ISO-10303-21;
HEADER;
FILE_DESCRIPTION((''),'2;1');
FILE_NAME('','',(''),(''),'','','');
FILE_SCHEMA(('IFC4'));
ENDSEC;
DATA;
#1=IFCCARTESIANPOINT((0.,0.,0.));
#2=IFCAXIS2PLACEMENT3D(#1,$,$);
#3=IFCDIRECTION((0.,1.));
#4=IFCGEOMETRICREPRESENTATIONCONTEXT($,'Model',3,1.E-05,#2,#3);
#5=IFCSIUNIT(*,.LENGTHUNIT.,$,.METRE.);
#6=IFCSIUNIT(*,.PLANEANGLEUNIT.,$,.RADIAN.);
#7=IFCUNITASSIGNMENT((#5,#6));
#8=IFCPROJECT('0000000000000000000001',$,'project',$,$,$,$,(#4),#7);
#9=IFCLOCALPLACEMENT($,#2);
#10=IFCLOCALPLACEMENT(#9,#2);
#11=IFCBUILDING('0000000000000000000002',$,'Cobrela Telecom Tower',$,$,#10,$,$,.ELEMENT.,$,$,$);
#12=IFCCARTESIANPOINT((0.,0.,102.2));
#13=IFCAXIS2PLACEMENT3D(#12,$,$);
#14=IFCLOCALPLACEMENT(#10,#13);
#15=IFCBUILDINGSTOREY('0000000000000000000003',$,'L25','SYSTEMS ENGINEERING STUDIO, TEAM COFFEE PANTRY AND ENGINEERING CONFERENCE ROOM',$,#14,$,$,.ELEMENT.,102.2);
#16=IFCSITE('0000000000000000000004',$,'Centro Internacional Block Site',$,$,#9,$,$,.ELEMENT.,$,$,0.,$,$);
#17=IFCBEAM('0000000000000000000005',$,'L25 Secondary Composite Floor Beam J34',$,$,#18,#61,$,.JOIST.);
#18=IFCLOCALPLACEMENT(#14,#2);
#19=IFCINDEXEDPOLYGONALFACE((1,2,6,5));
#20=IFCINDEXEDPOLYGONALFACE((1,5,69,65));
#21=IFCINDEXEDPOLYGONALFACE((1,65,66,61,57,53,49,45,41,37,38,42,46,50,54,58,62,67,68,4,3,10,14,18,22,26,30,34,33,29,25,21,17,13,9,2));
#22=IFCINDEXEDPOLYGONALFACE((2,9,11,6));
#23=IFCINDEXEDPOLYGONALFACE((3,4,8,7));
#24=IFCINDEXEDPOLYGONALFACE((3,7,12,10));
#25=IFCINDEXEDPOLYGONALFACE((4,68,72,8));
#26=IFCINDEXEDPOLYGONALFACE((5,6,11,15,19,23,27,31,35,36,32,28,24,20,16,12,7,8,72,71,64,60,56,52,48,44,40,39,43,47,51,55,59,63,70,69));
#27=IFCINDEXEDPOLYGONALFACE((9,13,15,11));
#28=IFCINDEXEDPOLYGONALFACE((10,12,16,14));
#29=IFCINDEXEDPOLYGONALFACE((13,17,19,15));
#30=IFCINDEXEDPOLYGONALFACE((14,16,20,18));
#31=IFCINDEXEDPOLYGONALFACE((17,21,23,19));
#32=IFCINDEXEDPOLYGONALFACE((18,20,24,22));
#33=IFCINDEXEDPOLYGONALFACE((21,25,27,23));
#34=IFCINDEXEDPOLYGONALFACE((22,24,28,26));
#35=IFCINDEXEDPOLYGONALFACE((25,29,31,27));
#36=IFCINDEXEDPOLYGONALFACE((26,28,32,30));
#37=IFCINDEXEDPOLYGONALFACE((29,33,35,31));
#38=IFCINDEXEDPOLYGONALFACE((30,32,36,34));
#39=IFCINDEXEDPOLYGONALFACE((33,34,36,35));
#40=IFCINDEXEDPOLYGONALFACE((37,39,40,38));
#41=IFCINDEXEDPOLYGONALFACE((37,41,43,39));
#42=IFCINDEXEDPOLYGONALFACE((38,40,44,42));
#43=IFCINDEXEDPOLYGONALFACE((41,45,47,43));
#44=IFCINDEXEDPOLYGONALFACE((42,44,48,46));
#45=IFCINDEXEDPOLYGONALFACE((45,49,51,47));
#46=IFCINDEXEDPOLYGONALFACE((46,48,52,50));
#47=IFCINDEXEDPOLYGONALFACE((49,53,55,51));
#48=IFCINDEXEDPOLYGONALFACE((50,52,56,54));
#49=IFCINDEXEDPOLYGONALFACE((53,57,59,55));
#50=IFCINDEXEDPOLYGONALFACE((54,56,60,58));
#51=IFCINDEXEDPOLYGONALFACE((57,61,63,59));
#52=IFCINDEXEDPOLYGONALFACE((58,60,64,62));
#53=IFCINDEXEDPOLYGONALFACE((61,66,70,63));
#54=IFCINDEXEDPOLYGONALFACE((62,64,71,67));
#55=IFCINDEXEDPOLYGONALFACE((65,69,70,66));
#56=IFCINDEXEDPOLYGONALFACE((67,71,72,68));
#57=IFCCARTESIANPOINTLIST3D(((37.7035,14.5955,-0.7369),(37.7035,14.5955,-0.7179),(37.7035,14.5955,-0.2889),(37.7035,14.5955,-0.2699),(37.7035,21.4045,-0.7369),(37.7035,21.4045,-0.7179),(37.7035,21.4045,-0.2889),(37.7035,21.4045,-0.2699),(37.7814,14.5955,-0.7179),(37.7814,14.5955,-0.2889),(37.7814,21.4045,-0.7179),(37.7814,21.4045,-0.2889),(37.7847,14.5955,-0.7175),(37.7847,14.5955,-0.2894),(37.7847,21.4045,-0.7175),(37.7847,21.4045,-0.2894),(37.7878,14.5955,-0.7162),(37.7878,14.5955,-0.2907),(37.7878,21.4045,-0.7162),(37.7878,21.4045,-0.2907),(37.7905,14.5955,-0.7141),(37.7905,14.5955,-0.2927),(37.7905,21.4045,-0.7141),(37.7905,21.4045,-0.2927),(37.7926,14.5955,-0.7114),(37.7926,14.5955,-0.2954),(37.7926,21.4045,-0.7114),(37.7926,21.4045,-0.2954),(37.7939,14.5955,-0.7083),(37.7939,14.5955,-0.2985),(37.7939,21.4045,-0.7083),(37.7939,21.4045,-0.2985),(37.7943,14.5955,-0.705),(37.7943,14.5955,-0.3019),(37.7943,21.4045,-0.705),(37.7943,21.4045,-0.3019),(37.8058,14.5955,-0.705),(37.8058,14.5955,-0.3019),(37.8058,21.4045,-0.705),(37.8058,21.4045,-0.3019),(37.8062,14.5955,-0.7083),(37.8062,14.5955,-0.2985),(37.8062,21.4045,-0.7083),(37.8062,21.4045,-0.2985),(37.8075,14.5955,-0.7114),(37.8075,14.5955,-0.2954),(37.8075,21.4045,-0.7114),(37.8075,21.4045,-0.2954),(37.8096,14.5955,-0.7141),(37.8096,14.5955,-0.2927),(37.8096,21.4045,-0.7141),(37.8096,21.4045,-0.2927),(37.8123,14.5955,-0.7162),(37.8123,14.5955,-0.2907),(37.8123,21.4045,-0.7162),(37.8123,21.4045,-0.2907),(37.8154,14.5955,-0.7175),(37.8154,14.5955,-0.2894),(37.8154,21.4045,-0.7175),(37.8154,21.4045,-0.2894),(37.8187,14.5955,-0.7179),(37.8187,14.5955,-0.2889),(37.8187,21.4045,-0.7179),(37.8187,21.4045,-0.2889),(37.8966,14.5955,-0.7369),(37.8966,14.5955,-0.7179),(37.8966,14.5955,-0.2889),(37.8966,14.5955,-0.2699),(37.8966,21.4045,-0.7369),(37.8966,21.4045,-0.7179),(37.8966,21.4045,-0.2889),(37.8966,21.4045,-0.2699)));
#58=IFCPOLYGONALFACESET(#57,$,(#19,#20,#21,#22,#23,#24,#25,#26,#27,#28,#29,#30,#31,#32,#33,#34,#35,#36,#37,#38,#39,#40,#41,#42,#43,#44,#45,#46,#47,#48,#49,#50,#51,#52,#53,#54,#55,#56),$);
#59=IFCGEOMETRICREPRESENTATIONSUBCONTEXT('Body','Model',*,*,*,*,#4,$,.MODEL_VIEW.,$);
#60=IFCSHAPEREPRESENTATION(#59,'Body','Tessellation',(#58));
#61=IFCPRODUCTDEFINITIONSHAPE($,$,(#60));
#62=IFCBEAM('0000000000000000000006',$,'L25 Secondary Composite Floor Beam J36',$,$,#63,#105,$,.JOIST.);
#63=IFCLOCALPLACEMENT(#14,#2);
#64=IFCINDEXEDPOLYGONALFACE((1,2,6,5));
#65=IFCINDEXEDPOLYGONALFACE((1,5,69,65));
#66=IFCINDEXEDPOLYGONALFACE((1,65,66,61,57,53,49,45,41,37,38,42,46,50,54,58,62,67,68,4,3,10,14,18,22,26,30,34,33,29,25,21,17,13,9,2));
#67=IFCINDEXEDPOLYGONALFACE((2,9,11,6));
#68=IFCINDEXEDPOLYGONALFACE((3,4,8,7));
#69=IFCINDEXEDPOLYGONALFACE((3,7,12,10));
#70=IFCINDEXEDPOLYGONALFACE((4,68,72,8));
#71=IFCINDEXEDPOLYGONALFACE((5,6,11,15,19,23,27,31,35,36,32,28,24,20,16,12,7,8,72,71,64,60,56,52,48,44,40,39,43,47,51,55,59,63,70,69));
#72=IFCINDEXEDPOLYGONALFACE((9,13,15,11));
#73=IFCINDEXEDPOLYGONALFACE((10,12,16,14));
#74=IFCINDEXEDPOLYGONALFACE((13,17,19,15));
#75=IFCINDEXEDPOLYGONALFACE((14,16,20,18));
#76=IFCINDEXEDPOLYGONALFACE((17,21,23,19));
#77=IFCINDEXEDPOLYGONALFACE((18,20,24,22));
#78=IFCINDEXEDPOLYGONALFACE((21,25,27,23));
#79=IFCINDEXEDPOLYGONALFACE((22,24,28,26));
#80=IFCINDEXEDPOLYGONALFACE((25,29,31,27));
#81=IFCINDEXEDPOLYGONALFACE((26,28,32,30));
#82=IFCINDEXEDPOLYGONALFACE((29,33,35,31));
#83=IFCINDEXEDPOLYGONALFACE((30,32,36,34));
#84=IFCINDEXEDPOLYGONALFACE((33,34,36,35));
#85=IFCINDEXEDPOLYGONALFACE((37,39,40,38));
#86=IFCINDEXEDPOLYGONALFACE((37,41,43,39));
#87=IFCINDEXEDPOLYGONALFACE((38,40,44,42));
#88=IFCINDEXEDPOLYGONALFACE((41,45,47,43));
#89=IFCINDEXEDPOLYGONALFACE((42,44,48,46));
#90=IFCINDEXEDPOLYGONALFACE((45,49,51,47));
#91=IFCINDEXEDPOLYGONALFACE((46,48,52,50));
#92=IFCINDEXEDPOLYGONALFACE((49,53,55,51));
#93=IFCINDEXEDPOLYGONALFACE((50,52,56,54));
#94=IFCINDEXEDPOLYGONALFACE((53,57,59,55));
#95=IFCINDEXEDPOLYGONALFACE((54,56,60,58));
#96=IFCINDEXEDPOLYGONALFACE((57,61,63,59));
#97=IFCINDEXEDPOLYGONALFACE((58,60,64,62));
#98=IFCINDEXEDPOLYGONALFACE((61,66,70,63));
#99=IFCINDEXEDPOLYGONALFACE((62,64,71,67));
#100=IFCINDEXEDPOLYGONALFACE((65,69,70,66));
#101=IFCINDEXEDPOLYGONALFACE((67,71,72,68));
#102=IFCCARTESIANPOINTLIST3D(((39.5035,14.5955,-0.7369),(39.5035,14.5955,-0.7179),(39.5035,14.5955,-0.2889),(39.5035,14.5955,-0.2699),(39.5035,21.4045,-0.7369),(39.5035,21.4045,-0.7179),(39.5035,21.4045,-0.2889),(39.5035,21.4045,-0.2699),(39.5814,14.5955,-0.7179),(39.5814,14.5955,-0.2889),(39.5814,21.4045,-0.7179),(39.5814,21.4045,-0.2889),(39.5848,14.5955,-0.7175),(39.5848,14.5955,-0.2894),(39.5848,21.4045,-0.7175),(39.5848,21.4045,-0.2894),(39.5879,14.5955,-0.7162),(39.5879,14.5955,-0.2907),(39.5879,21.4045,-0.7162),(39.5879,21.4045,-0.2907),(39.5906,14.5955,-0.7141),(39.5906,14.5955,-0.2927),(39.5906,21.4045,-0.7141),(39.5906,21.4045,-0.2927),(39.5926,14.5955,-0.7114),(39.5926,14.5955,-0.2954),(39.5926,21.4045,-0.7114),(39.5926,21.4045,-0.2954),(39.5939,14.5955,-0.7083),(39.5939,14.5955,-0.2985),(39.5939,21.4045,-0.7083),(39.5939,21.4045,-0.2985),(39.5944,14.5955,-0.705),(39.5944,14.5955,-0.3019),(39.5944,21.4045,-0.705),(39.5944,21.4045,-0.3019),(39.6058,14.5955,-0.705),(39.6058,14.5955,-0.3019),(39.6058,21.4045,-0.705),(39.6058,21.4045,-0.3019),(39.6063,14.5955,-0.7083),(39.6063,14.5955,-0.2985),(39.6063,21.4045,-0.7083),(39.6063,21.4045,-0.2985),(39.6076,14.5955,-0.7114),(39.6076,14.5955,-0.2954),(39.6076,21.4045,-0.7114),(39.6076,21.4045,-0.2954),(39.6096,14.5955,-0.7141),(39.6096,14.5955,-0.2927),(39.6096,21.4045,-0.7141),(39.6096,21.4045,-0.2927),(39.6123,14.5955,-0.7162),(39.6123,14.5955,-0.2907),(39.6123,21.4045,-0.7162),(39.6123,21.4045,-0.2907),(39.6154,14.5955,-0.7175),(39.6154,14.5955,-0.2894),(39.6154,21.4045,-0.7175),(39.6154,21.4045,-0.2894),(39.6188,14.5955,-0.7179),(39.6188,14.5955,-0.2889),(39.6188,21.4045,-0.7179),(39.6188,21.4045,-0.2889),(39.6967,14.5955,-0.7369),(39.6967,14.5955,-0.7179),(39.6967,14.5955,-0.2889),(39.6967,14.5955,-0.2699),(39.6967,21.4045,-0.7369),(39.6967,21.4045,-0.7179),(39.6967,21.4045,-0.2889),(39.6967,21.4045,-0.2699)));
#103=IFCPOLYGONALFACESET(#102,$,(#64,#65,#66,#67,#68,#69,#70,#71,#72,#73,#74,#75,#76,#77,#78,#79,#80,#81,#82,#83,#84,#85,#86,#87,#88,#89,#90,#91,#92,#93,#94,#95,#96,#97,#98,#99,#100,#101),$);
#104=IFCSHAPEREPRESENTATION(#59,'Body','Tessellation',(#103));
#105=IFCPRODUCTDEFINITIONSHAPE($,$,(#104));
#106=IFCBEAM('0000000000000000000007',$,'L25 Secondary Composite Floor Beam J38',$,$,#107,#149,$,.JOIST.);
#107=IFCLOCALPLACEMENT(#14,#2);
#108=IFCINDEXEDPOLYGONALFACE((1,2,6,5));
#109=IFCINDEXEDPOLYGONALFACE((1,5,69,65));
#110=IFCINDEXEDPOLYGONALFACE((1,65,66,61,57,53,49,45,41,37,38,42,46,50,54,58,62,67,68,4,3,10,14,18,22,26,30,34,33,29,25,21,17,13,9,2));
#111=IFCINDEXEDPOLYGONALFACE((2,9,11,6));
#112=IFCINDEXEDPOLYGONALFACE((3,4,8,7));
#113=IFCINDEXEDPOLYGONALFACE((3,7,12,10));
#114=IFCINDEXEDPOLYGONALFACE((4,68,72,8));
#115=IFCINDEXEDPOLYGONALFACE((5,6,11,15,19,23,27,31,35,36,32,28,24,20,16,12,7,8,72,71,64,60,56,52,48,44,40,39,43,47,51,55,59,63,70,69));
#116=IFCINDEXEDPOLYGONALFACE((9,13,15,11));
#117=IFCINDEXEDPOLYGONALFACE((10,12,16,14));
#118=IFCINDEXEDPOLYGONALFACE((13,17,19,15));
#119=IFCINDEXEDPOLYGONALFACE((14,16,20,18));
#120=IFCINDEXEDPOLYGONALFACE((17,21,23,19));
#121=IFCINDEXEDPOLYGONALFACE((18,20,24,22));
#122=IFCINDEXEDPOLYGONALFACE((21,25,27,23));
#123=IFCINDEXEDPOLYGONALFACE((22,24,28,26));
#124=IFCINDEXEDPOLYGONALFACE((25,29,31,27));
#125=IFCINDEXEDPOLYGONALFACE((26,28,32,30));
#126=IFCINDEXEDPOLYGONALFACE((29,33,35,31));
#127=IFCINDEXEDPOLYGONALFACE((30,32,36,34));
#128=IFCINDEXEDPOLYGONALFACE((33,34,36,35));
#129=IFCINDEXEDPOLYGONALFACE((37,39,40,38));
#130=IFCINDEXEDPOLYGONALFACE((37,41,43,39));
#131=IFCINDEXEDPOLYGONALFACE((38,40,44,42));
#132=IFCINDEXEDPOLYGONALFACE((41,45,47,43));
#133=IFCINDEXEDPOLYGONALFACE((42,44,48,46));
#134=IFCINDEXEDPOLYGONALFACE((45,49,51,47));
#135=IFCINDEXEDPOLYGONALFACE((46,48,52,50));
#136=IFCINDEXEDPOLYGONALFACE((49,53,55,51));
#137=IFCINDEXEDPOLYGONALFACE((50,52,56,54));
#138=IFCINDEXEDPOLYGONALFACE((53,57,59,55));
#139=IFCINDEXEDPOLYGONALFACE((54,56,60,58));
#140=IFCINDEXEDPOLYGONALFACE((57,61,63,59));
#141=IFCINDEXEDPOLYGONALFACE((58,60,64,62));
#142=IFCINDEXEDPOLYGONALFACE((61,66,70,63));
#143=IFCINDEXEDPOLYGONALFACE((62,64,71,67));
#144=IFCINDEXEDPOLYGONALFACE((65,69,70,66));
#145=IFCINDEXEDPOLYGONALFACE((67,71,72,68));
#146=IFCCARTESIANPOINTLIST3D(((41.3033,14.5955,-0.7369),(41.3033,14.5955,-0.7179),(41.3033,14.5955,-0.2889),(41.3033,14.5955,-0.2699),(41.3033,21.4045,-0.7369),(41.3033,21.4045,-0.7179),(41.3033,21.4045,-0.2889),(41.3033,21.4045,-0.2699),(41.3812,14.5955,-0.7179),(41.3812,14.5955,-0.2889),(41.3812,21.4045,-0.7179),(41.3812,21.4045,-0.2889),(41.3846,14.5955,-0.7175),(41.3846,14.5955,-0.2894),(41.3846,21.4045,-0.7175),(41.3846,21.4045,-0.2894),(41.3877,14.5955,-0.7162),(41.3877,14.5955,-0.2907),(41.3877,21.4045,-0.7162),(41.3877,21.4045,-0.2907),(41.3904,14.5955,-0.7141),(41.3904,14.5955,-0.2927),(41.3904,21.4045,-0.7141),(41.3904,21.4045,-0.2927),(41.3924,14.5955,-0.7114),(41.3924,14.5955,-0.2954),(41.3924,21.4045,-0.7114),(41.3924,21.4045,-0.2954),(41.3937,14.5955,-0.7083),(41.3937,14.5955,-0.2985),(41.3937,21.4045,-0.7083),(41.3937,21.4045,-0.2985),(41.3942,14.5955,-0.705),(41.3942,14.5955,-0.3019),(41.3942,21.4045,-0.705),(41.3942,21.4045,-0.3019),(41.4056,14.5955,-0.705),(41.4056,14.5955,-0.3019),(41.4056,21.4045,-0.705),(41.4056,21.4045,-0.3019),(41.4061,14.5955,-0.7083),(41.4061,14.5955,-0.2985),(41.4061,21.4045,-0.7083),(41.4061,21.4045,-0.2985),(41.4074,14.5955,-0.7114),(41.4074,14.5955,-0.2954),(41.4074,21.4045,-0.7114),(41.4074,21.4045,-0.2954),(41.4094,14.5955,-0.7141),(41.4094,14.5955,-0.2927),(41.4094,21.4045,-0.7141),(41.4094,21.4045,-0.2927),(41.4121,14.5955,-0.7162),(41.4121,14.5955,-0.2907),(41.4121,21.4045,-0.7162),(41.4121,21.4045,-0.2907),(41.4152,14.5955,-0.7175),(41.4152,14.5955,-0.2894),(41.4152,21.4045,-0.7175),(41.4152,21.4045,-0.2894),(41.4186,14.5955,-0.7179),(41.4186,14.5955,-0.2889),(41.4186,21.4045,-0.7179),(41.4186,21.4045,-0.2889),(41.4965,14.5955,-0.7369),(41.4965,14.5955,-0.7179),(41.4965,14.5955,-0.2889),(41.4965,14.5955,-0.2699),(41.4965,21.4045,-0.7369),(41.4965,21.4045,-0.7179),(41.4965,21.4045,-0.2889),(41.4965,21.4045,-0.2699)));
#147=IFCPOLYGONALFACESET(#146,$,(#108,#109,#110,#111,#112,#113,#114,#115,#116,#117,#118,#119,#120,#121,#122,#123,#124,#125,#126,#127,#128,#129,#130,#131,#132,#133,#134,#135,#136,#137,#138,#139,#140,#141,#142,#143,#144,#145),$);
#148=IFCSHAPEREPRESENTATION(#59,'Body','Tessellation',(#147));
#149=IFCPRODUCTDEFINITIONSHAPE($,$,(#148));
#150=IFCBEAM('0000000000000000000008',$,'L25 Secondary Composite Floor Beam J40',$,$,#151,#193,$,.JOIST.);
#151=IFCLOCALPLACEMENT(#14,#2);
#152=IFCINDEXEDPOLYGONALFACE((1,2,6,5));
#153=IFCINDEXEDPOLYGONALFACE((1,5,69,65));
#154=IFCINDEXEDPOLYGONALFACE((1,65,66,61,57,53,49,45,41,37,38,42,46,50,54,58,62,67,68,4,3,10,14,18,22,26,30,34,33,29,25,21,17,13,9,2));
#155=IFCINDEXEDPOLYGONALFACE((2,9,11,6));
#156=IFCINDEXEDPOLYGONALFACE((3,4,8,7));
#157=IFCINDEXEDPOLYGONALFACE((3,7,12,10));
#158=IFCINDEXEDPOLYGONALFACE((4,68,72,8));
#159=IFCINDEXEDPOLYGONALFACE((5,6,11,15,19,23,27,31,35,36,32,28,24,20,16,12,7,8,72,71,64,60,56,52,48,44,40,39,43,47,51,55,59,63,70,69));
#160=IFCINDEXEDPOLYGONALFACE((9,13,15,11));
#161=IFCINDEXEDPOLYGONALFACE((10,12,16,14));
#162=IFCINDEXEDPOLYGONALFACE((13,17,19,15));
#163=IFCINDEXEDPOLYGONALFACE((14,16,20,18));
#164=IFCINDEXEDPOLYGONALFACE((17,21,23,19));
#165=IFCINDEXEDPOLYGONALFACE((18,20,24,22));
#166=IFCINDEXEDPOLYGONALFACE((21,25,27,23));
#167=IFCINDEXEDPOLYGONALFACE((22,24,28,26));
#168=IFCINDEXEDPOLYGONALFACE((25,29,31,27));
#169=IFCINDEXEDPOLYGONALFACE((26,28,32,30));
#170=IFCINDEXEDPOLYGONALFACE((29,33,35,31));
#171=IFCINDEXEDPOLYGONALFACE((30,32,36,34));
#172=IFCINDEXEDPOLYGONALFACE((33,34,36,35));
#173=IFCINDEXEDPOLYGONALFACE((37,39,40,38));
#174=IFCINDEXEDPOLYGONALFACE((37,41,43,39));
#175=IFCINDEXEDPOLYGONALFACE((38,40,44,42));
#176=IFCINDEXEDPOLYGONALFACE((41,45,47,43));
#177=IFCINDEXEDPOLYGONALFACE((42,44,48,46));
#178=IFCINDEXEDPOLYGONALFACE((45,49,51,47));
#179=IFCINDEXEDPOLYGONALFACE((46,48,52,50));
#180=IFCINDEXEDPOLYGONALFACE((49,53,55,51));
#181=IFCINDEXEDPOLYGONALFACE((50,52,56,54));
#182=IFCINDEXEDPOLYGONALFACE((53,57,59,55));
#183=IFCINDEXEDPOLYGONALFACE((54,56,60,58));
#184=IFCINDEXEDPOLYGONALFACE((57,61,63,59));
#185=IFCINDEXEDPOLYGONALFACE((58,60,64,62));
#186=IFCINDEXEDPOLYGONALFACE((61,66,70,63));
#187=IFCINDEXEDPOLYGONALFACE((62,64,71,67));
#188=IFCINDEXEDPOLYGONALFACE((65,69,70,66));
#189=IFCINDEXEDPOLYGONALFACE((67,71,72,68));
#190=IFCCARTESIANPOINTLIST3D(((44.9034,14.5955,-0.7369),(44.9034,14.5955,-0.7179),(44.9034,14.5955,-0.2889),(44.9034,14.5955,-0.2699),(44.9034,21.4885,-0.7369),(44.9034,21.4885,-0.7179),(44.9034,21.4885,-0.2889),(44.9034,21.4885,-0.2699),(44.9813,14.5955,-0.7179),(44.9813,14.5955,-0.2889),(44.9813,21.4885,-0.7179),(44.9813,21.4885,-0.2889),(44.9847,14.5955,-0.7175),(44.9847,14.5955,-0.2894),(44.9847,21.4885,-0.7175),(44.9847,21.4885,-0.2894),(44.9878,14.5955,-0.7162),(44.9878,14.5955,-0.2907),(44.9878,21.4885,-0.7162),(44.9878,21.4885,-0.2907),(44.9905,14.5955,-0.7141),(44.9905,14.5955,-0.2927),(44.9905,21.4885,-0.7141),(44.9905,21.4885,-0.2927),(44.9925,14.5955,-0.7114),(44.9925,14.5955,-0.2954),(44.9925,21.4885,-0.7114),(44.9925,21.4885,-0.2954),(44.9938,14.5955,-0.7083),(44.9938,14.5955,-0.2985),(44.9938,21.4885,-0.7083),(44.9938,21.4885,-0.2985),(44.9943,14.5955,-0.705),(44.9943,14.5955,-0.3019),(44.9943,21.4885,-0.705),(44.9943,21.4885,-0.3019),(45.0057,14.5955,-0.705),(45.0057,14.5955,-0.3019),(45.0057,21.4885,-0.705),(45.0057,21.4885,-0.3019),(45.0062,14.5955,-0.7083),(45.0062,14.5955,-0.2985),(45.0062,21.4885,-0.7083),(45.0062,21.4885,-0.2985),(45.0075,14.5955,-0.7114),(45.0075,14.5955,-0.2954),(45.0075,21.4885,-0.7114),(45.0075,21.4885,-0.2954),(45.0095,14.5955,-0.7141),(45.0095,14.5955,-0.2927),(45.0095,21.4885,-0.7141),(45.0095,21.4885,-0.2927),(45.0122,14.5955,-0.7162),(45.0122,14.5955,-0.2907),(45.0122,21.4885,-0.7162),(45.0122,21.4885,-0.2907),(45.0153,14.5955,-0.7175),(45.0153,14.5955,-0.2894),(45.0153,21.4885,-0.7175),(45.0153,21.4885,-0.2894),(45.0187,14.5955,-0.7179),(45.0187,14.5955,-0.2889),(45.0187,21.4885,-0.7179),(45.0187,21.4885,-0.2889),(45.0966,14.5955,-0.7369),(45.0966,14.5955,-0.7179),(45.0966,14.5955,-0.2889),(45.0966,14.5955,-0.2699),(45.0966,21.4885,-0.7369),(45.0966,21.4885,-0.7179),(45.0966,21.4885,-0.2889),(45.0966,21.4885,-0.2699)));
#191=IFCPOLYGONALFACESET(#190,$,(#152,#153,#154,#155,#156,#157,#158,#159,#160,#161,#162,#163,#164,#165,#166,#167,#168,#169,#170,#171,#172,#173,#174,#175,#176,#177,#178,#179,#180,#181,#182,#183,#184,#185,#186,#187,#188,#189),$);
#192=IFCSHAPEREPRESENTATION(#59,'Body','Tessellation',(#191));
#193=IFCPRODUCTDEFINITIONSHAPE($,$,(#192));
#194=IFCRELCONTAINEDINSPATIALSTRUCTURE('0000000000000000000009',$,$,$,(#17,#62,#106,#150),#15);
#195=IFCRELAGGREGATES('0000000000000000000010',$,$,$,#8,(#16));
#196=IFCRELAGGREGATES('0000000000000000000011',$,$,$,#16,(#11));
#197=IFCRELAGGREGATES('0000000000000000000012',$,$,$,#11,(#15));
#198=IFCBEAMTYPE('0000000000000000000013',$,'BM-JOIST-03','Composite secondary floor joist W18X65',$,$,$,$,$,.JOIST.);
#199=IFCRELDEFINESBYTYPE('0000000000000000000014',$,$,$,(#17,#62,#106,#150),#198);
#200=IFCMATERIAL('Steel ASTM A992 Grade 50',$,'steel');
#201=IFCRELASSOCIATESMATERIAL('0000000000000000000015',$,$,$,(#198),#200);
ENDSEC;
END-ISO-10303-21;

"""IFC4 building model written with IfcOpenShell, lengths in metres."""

from ifc_helpers import new_model, si_unit, direction, frame, origin, origin_2d, place, context, subcontext, project, spatial, i_section, extrude, material, material_profile, profile_set, type_object, element, save


model = new_model("IFC4")

# Units and contexts
model_context = context("Model", 3, precision=1e-05, world=origin(), true_north=direction((0.0, 1.0)))
body_context = subcontext(model_context, "Body", "Model", "MODEL_VIEW")
ifc_project = project(units=[si_unit("LENGTHUNIT", "METRE"), si_unit("PLANEANGLEUNIT", "RADIAN")], contexts=[model_context])

# Site, building, storey
site_placement = place(None, origin())
site = spatial("IfcSite", under=ifc_project, at=site_placement, Name="Centro Internacional Block Site", CompositionType="ELEMENT", RefElevation=0.0)
building_placement = place(site_placement, origin())
building = spatial("IfcBuilding", under=site, at=building_placement, Name="Cobrela Telecom Tower", CompositionType="ELEMENT")
storey_placement = place(building_placement, frame((0.0, 0.0, 102.2)))
storey = spatial("IfcBuildingStorey", under=building, at=storey_placement, Name="L25", Description="SYSTEMS ENGINEERING STUDIO, TEAM COFFEE PANTRY AND ENGINEERING CONFERENCE ROOM", CompositionType="ELEMENT", Elevation=102.2)

# Shared definitions
ifc_material_1 = material(Name="Steel ASTM A992 Grade 50", Category="steel")

# Beams
ifc_material_profile_1 = material_profile(ifc_material_1, i_section(OverallWidth=0.1931, OverallDepth=0.467, WebThickness=0.0115, FlangeThickness=0.019, FilletRadius=0.0129, at=origin_2d()), Name="W18X65")
ifc_profile_set_1 = profile_set([ifc_material_profile_1], Name="Steel ASTM A992 Grade 50")
beam_type_1 = type_object("IfcBeamType", Name="BM-JOIST-03", Description="Composite secondary floor joist W18X65", PredefinedType="JOIST", material=ifc_profile_set_1)
for number, where, z_axis, x_axis, name in (
    (1, (37.8, 14.5955, -0.5034), (0.0, 1.0, 0.0), (-1.0, 0.0, 0.0), "L25 Secondary Composite Floor Beam J34"),
    (2, (39.6001, 14.5955, -0.5034), (0.0, 1.0, 0.0), (-1.0, 0.0, 0.0), "L25 Secondary Composite Floor Beam J36"),
    (3, (41.3999, 14.5955, -0.5034), (0.0, 1.0, 0.0), (-1.0, 0.0, 0.0), "L25 Secondary Composite Floor Beam J38"),
):
    element("IfcBeam", number, at=place(storey_placement, frame(where, z_axis=z_axis, x_axis=x_axis)), inside=storey, type_object=beam_type_1, Name=name, PredefinedType="JOIST", context=body_context, shape_type="SweptSolid", body=[
        extrude(i_section(OverallWidth=0.1931, OverallDepth=0.467, WebThickness=0.0115, FlangeThickness=0.019, FilletRadius=0.0129, at=origin_2d()), origin(), (0.0, 0.0, 1.0), 6.8091),
    ])
beam_1_placement = place(storey_placement, frame((45.0, 14.5955, -0.5034), z_axis=(0.0, 1.0, 0.0), x_axis=(-1.0, 0.0, 0.0)))
element("IfcBeam", 4, at=beam_1_placement, inside=storey, type_object=beam_type_1, Name="L25 Secondary Composite Floor Beam J40", PredefinedType="JOIST", context=body_context, shape_type="SweptSolid", body=[
    extrude(i_section(OverallWidth=0.1931, OverallDepth=0.467, WebThickness=0.0115, FlangeThickness=0.019, FilletRadius=0.0129, at=origin_2d()), origin(), (0.0, 0.0, 1.0), 6.8931),
])

save(model, "model.ifc")
